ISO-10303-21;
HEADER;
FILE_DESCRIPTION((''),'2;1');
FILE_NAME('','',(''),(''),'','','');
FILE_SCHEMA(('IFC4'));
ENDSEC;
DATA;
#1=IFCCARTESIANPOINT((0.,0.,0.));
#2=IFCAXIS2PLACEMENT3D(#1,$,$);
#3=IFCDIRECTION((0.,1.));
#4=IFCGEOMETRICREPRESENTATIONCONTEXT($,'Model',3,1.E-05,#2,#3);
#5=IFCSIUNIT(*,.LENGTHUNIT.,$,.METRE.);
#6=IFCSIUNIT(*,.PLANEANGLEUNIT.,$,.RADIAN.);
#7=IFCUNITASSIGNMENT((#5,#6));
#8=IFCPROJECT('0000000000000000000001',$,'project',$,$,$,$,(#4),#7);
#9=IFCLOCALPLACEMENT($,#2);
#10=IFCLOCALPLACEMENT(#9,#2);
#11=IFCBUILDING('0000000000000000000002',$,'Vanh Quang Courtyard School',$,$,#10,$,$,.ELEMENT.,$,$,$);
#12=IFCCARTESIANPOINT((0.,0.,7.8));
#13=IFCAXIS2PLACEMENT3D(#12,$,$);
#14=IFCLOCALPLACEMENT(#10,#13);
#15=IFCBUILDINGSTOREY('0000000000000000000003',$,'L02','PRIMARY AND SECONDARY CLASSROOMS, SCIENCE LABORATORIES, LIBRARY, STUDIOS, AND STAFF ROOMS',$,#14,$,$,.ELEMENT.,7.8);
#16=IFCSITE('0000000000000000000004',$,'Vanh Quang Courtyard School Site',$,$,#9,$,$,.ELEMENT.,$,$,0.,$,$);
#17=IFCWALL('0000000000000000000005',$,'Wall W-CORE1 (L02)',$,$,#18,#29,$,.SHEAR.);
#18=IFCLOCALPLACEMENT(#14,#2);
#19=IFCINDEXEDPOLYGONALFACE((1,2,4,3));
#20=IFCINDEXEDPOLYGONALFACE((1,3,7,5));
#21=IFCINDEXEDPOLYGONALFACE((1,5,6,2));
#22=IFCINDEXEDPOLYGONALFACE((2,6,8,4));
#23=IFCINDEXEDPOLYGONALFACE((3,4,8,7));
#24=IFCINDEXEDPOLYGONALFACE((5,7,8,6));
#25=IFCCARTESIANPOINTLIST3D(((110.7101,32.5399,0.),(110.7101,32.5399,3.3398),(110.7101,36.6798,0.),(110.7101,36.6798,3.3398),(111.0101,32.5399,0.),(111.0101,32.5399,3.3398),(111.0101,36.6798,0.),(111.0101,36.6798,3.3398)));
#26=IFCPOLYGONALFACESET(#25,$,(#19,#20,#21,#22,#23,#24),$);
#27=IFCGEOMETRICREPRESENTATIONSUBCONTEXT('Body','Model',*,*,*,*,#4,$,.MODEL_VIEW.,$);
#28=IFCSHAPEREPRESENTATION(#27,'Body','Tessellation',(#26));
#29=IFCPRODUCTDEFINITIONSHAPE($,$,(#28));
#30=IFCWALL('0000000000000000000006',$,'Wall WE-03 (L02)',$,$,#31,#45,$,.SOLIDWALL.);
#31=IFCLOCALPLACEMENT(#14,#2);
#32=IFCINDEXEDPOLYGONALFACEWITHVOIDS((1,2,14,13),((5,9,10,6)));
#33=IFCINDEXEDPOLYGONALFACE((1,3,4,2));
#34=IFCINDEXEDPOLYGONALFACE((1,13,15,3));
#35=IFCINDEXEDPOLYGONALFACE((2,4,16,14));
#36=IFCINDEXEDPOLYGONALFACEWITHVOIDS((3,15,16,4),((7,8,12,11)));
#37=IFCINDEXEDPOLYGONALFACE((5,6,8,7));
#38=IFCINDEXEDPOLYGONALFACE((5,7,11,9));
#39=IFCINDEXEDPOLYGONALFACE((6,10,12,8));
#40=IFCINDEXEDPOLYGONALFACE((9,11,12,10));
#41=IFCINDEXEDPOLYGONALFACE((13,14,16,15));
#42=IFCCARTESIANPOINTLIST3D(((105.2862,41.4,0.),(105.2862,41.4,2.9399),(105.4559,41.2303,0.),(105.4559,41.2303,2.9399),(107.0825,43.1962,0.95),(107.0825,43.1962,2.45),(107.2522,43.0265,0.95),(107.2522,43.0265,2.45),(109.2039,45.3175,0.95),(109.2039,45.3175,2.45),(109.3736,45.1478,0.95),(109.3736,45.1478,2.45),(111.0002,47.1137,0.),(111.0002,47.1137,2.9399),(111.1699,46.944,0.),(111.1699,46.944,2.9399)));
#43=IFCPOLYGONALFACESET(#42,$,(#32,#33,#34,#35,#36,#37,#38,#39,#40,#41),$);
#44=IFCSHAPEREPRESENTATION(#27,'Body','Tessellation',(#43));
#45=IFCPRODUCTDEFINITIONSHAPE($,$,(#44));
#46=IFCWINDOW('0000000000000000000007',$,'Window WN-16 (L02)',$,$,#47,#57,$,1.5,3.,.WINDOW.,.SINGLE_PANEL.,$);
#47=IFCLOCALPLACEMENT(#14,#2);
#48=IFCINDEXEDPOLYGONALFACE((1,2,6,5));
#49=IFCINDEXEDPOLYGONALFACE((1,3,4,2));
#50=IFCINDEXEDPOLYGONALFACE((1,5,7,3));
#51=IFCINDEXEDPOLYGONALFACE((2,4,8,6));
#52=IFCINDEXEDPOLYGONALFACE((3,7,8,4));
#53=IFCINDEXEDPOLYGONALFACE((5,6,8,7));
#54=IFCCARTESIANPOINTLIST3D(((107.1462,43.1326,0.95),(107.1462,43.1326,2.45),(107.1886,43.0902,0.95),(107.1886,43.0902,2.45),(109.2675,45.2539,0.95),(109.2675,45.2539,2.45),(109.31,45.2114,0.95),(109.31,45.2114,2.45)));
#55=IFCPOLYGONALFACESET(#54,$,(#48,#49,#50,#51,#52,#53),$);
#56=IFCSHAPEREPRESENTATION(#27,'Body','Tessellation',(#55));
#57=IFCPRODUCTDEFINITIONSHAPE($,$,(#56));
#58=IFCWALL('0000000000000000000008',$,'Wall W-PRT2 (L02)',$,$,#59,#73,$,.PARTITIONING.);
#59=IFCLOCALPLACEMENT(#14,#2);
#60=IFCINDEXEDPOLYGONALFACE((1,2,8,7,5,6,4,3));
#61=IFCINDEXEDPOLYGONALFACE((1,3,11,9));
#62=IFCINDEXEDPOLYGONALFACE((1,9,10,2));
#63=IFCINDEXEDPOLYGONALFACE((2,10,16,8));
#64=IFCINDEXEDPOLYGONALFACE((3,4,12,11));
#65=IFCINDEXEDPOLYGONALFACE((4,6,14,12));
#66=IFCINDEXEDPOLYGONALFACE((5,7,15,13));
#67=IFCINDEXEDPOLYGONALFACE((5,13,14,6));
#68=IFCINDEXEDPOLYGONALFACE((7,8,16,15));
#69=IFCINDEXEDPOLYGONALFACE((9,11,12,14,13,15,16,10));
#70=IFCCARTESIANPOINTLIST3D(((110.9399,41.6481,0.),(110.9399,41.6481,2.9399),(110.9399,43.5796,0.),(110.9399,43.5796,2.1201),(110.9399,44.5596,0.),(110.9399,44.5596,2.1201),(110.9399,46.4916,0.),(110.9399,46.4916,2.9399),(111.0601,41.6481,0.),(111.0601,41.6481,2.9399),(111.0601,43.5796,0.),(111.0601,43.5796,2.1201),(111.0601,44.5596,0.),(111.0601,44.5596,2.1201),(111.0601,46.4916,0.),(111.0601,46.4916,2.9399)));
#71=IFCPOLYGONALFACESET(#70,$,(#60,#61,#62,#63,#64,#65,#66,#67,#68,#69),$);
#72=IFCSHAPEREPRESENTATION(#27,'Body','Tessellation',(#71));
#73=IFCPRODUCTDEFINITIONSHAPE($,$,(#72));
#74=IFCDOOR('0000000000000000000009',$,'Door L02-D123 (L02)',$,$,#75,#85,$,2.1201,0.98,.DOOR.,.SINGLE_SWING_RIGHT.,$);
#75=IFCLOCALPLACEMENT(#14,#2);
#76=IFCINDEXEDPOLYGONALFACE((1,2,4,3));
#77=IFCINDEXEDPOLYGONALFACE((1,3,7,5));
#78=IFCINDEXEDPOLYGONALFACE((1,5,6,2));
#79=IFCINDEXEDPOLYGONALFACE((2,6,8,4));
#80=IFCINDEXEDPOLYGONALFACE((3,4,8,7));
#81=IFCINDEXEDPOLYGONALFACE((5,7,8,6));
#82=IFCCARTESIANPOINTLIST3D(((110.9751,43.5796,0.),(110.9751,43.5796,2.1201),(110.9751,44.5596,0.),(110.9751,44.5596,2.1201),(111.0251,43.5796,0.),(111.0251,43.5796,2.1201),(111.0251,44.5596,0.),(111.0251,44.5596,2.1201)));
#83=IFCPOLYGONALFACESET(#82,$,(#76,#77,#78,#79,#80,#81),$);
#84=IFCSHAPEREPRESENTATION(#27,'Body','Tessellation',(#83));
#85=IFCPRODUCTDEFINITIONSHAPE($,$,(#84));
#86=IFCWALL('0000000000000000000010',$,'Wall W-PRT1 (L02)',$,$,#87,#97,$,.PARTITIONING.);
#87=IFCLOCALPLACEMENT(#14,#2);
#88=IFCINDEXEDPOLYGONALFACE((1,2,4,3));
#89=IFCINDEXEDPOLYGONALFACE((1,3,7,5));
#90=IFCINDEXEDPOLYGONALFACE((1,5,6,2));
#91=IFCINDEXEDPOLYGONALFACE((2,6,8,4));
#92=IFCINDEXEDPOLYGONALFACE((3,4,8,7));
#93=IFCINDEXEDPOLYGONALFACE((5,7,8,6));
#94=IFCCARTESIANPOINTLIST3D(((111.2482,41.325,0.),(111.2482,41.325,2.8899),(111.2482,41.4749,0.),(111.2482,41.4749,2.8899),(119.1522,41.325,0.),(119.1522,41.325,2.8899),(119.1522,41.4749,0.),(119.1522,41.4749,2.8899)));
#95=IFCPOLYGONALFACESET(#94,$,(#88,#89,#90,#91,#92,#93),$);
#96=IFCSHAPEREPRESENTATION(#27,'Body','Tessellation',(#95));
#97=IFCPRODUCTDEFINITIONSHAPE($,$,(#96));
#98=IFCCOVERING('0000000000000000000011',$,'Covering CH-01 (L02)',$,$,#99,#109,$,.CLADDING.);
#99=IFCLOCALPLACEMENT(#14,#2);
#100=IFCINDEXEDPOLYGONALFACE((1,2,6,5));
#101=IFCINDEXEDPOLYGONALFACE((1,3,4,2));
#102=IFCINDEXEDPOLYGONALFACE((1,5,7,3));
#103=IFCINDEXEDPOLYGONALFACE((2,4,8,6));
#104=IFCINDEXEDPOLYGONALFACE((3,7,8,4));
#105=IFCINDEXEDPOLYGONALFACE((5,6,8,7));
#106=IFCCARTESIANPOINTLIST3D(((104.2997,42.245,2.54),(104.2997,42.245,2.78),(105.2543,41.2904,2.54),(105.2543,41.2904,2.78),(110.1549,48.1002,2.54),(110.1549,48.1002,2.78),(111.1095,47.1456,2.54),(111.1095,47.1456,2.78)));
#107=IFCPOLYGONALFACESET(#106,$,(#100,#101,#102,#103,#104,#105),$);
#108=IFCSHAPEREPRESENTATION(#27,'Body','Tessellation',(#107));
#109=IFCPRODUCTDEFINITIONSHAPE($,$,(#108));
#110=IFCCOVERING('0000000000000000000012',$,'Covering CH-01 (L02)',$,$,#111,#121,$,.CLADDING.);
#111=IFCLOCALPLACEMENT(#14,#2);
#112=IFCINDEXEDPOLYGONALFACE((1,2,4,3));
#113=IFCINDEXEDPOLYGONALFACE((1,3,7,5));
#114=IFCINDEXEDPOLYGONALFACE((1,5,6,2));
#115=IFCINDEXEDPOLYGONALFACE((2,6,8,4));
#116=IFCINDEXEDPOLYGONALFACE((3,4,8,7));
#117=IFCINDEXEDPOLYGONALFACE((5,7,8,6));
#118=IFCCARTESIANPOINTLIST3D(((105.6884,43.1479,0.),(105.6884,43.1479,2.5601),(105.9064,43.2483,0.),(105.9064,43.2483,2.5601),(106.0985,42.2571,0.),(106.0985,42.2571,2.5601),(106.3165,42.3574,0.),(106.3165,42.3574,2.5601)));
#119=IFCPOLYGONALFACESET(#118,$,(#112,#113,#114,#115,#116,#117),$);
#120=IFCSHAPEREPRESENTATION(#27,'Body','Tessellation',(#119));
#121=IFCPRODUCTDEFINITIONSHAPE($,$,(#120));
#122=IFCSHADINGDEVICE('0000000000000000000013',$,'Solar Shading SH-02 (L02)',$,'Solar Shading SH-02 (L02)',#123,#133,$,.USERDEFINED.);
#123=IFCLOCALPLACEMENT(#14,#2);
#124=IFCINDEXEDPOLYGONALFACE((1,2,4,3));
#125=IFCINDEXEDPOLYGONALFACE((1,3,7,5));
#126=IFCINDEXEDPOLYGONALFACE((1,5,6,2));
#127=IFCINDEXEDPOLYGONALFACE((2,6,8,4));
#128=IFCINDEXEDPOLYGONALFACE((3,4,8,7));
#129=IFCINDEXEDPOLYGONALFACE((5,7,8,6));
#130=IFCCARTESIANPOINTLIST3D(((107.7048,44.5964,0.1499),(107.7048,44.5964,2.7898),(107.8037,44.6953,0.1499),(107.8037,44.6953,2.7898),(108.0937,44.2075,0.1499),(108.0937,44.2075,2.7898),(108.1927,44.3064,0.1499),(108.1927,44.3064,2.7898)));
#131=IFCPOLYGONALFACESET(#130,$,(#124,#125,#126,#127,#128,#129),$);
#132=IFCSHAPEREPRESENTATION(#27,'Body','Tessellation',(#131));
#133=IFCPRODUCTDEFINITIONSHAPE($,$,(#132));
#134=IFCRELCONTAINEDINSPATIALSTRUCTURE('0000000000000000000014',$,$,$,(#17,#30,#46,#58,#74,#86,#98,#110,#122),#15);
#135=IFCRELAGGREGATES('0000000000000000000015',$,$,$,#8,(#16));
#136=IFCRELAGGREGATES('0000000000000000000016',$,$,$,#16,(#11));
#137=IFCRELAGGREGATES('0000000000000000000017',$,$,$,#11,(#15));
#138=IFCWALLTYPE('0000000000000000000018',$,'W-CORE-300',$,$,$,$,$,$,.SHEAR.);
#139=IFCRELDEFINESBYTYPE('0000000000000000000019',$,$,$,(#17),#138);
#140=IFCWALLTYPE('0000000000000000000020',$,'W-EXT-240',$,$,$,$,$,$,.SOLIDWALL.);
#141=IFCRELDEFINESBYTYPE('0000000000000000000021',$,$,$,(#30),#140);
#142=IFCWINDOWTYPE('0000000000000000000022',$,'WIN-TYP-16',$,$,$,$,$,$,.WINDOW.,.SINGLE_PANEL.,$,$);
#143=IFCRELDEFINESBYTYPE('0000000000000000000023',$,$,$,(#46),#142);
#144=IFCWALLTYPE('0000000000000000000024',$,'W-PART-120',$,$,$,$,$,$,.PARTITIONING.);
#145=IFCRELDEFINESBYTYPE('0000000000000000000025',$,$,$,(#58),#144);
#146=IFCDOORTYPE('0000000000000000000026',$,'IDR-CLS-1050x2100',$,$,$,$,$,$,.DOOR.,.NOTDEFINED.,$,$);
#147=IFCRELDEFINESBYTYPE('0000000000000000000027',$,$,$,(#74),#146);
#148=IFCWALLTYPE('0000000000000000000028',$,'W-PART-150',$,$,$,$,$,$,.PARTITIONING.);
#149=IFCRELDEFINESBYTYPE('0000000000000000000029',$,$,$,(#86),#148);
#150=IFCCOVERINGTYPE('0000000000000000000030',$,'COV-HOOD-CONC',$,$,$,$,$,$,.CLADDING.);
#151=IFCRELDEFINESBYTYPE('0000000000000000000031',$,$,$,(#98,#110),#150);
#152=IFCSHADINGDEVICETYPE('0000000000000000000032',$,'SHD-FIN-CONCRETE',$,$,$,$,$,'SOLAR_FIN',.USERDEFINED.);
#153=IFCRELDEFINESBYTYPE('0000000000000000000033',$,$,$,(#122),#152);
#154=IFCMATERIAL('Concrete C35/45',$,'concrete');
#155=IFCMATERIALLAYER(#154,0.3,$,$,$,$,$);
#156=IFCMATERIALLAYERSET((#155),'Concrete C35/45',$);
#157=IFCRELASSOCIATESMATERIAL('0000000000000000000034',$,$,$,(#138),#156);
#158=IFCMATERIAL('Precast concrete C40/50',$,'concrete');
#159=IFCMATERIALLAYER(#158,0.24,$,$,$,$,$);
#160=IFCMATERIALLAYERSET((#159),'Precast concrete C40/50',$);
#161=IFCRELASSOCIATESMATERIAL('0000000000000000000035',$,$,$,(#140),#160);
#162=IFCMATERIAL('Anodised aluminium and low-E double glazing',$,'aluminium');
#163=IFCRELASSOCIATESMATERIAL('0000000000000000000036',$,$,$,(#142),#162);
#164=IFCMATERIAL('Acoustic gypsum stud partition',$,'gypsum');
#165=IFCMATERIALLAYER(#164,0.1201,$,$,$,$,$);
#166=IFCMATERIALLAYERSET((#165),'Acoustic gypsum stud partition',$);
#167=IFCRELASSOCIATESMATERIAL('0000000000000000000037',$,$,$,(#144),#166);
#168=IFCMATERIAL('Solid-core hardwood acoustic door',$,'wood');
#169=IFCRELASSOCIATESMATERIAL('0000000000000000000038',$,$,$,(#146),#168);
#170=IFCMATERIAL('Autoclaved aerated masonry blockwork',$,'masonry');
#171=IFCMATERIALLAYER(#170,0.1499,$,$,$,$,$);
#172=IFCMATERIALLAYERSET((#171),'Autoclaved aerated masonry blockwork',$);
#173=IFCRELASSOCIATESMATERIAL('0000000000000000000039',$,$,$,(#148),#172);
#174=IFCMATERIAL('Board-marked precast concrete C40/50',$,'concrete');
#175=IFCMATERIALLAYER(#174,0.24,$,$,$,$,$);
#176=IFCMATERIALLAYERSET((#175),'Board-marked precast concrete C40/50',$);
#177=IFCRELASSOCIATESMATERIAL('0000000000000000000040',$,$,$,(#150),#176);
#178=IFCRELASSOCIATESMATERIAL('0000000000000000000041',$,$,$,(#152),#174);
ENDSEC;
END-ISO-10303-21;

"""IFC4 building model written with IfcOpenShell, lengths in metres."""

from ifc_helpers import new_model, si_unit, direction, frame, frame_2d, origin, origin_2d, place, context, subcontext, project, spatial, rectangle, extrude, material, layer, layer_set, type_object, element, fill, save


model = new_model("IFC4")

# Units and contexts
model_context = context("Model", 3, precision=1e-05, world=origin(), true_north=direction((0.0, 1.0)))
body_context = subcontext(model_context, "Body", "Model", "MODEL_VIEW")
ifc_project = project(units=[si_unit("LENGTHUNIT", "METRE"), si_unit("PLANEANGLEUNIT", "RADIAN")], contexts=[model_context])

# Site, building, storey
site_placement = place(None, origin())
site = spatial("IfcSite", under=ifc_project, at=site_placement, Name="Vanh Quang Courtyard School Site", CompositionType="ELEMENT", RefElevation=0.0)
building_placement = place(site_placement, origin())
building = spatial("IfcBuilding", under=site, at=building_placement, Name="Vanh Quang Courtyard School", CompositionType="ELEMENT")
storey_placement = place(building_placement, frame((0.0, 0.0, 7.8)))
storey = spatial("IfcBuildingStorey", under=building, at=storey_placement, Name="L02", Description="PRIMARY AND SECONDARY CLASSROOMS, SCIENCE LABORATORIES, LIBRARY, STUDIOS, AND STAFF ROOMS", CompositionType="ELEMENT", Elevation=7.8)

# Shared definitions
ifc_material_1 = material(Name="Concrete C35/45", Category="concrete")

# Wall
ifc_layer_1 = layer(ifc_material_1, 0.3)
ifc_layer_set_1 = layer_set([ifc_layer_1], Name="Concrete C35/45")
wall_type_1 = type_object("IfcWallType", Name="W-CORE-300", PredefinedType="SHEAR", material=ifc_layer_set_1)
wall_1_placement = place(storey_placement, frame((110.8601, 32.54, 0.0), z_axis=(0.0, 0.0, 1.0), x_axis=(0.0, 1.0, 0.0)))
element("IfcWall", 1, at=wall_1_placement, inside=storey, type_object=wall_type_1, Name="Wall W-CORE1 (L02)", PredefinedType="SHEAR", context=body_context, shape_type="SweptSolid", body=[
    extrude(rectangle(XDim=4.1399, YDim=0.3, at=frame_2d((2.0698, 0.0))), origin(), (0.0, 0.0, 1.0), 3.3398),
])

# Wall, opening, window
ifc_material_2 = material(Name="Precast concrete C40/50", Category="concrete")
ifc_layer_2 = layer(ifc_material_2, 0.24)
ifc_layer_set_2 = layer_set([ifc_layer_2], Name="Precast concrete C40/50")
wall_type_2 = type_object("IfcWallType", Name="W-EXT-240", PredefinedType="SOLIDWALL", material=ifc_layer_set_2)
wall_2_placement = place(storey_placement, frame((105.3711, 41.3152, 0.0), z_axis=(0.0, 0.0, 1.0), x_axis=(0.707122, 0.707092, 0.0)))
wall_2 = element("IfcWall", 2, at=wall_2_placement, inside=storey, type_object=wall_type_2, Name="Wall WE-03 (L02)", PredefinedType="SOLIDWALL", context=body_context, shape_type="SweptSolid", body=[
    extrude(rectangle(XDim=8.0806, YDim=0.24, at=frame_2d((4.0403, 0.0))), origin(), (0.0, 0.0, 1.0), 2.9399),
])
opening_1_placement = place(wall_2_placement, frame((2.5403, 0.0, 0.95)))
opening_1 = element("IfcOpeningElement", 3, at=opening_1_placement, cuts=wall_2, PredefinedType="OPENING", context=body_context, shape_type="SweptSolid", body=[
    extrude(rectangle(XDim=3.0, YDim=1.5, at=frame_2d((1.5, 0.75))), frame((0.0, 0.1299, 0.0), z_axis=(0.0, -1.0, 0.0), x_axis=(1.0, 0.0, 0.0)), (0.0, 0.0, 1.0), 0.26),
])
ifc_material_3 = material(Name="Anodised aluminium and low-E double glazing", Category="aluminium")
window_type = type_object("IfcWindowType", Name="WIN-TYP-16", PartitioningType="SINGLE_PANEL", PredefinedType="WINDOW", material=ifc_material_3)
window_placement = place(opening_1_placement, origin())
window = element("IfcWindow", 4, at=window_placement, inside=storey, type_object=window_type, Name="Window WN-16 (L02)", OverallHeight=1.5, OverallWidth=3.0, PartitioningType="SINGLE_PANEL", PredefinedType="WINDOW", context=body_context, shape_type="SweptSolid", body=[
    extrude(rectangle(XDim=3.0, YDim=1.5, at=frame_2d((1.5, 0.75))), frame((0.0, 0.03, 0.0), z_axis=(0.0, -1.0, 0.0), x_axis=(1.0, 0.0, 0.0)), (0.0, 0.0, 1.0), 0.0601),
])
fill(opening_1, window)

# Wall, opening, door
ifc_material_4 = material(Name="Acoustic gypsum stud partition", Category="gypsum")
ifc_layer_3 = layer(ifc_material_4, 0.1201)
ifc_layer_set_3 = layer_set([ifc_layer_3], Name="Acoustic gypsum stud partition")
wall_type_3 = type_object("IfcWallType", Name="W-PART-120", PredefinedType="PARTITIONING", material=ifc_layer_set_3)
wall_3_placement = place(storey_placement, frame((111.0, 41.6479, 0.0), z_axis=(0.0, 0.0, 1.0), x_axis=(0.0, 1.0, 0.0)))
wall_3 = element("IfcWall", 5, at=wall_3_placement, inside=storey, type_object=wall_type_3, Name="Wall W-PRT2 (L02)", PredefinedType="PARTITIONING", context=body_context, shape_type="SweptSolid", body=[
    extrude(rectangle(XDim=4.8435, YDim=0.1201, at=frame_2d((2.4219, 0.0))), origin(), (0.0, 0.0, 1.0), 2.9399),
])
opening_2_placement = place(wall_3_placement, frame((1.9316, 0.0, 0.0)))
opening_2 = element("IfcOpeningElement", 6, at=opening_2_placement, cuts=wall_3, PredefinedType="OPENING", context=body_context, shape_type="SweptSolid", body=[
    extrude(rectangle(XDim=0.98, YDim=2.1201, at=frame_2d((0.49, 1.0601))), frame((0.0, 0.0701, 0.0), z_axis=(0.0, -1.0, 0.0), x_axis=(1.0, 0.0, 0.0)), (0.0, 0.0, 1.0), 0.1401),
])
ifc_material_5 = material(Name="Solid-core hardwood acoustic door", Category="wood")
door_type_1 = type_object("IfcDoorType", Name="IDR-CLS-1050x2100", OperationType="NOTDEFINED", PredefinedType="DOOR", material=ifc_material_5)
door_1_placement = place(opening_2_placement, origin())
door_1 = element("IfcDoor", 7, at=door_1_placement, inside=storey, type_object=door_type_1, Name="Door L02-D123 (L02)", OperationType="SINGLE_SWING_RIGHT", OverallHeight=2.1201, OverallWidth=0.98, PredefinedType="DOOR", context=body_context, shape_type="SweptSolid", body=[
    extrude(rectangle(XDim=0.98, YDim=2.1201, at=frame_2d((0.49, 1.0601))), frame((0.0, 0.0249, 0.0), z_axis=(0.0, -1.0, 0.0), x_axis=(1.0, 0.0, 0.0)), (0.0, 0.0, 1.0), 0.05),
])
fill(opening_2, door_1)

# Wall
ifc_material_6 = material(Name="Autoclaved aerated masonry blockwork", Category="masonry")
ifc_layer_4 = layer(ifc_material_6, 0.1499)
ifc_layer_set_4 = layer_set([ifc_layer_4], Name="Autoclaved aerated masonry blockwork")
wall_type_4 = type_object("IfcWallType", Name="W-PART-150", PredefinedType="PARTITIONING", material=ifc_layer_set_4)
wall_4_placement = place(storey_placement, frame((111.248, 41.3999, 0.0), z_axis=(0.0, 0.0, 1.0), x_axis=(1.0, 0.0, 0.0)))
element("IfcWall", 8, at=wall_4_placement, inside=storey, type_object=wall_type_4, Name="Wall W-PRT1 (L02)", PredefinedType="PARTITIONING", context=body_context, shape_type="SweptSolid", body=[
    extrude(rectangle(XDim=7.9041, YDim=0.1499, at=frame_2d((3.9521, 0.0))), origin(), (0.0, 0.0, 1.0), 2.8899),
])

# Coverings
ifc_material_7 = material(Name="Board-marked precast concrete C40/50", Category="concrete")
ifc_layer_5 = layer(ifc_material_7, 0.24)
ifc_layer_set_5 = layer_set([ifc_layer_5], Name="Board-marked precast concrete C40/50")
covering_type = type_object("IfcCoveringType", Name="COV-HOOD-CONC", PredefinedType="CLADDING", material=ifc_layer_set_5)
covering_1_placement = place(storey_placement, frame((107.7046, 44.6953, 2.54), z_axis=(0.0, 0.0, 1.0), x_axis=(0.707107, 0.707107, 0.0)))
element("IfcCovering", 9, at=covering_1_placement, inside=storey, type_object=covering_type, Name="Covering CH-01 (L02)", PredefinedType="CLADDING", context=body_context, shape_type="SweptSolid", body=[
    extrude(rectangle(XDim=8.2805, YDim=1.3501, at=origin_2d()), origin(), (0.0, 0.0, 1.0), 0.24),
])
covering_2_placement = place(storey_placement, frame((106.0024, 42.7527, 0.0), z_axis=(0.0, 0.0, 1.0), x_axis=(-0.418184, 0.908362, 0.0)))
element("IfcCovering", 10, at=covering_2_placement, inside=storey, type_object=covering_type, Name="Covering CH-01 (L02)", PredefinedType="CLADDING", context=body_context, shape_type="SweptSolid", body=[
    extrude(rectangle(XDim=0.9807, YDim=0.24, at=origin_2d()), origin(), (0.0, 0.0, 1.0), 2.5601),
])

# Shading device
shading_device_type = type_object("IfcShadingDeviceType", Name="SHD-FIN-CONCRETE", ElementType="SOLAR_FIN", PredefinedType="USERDEFINED", material=ifc_material_7)
shading_device_placement = place(storey_placement, frame((107.9487, 44.4514, 0.1499), z_axis=(0.0, 0.0, 1.0), x_axis=(0.707107, 0.707107, 0.0)))
element("IfcShadingDevice", 11, at=shading_device_placement, inside=storey, type_object=shading_device_type, Name="Solar Shading SH-02 (L02)", ObjectType="Solar Shading SH-02 (L02)", PredefinedType="USERDEFINED", context=body_context, shape_type="SweptSolid", body=[
    extrude(rectangle(XDim=0.1399, YDim=0.55, at=origin_2d()), origin(), (0.0, 0.0, 1.0), 2.6399),
])

save(model, "model.ifc")
